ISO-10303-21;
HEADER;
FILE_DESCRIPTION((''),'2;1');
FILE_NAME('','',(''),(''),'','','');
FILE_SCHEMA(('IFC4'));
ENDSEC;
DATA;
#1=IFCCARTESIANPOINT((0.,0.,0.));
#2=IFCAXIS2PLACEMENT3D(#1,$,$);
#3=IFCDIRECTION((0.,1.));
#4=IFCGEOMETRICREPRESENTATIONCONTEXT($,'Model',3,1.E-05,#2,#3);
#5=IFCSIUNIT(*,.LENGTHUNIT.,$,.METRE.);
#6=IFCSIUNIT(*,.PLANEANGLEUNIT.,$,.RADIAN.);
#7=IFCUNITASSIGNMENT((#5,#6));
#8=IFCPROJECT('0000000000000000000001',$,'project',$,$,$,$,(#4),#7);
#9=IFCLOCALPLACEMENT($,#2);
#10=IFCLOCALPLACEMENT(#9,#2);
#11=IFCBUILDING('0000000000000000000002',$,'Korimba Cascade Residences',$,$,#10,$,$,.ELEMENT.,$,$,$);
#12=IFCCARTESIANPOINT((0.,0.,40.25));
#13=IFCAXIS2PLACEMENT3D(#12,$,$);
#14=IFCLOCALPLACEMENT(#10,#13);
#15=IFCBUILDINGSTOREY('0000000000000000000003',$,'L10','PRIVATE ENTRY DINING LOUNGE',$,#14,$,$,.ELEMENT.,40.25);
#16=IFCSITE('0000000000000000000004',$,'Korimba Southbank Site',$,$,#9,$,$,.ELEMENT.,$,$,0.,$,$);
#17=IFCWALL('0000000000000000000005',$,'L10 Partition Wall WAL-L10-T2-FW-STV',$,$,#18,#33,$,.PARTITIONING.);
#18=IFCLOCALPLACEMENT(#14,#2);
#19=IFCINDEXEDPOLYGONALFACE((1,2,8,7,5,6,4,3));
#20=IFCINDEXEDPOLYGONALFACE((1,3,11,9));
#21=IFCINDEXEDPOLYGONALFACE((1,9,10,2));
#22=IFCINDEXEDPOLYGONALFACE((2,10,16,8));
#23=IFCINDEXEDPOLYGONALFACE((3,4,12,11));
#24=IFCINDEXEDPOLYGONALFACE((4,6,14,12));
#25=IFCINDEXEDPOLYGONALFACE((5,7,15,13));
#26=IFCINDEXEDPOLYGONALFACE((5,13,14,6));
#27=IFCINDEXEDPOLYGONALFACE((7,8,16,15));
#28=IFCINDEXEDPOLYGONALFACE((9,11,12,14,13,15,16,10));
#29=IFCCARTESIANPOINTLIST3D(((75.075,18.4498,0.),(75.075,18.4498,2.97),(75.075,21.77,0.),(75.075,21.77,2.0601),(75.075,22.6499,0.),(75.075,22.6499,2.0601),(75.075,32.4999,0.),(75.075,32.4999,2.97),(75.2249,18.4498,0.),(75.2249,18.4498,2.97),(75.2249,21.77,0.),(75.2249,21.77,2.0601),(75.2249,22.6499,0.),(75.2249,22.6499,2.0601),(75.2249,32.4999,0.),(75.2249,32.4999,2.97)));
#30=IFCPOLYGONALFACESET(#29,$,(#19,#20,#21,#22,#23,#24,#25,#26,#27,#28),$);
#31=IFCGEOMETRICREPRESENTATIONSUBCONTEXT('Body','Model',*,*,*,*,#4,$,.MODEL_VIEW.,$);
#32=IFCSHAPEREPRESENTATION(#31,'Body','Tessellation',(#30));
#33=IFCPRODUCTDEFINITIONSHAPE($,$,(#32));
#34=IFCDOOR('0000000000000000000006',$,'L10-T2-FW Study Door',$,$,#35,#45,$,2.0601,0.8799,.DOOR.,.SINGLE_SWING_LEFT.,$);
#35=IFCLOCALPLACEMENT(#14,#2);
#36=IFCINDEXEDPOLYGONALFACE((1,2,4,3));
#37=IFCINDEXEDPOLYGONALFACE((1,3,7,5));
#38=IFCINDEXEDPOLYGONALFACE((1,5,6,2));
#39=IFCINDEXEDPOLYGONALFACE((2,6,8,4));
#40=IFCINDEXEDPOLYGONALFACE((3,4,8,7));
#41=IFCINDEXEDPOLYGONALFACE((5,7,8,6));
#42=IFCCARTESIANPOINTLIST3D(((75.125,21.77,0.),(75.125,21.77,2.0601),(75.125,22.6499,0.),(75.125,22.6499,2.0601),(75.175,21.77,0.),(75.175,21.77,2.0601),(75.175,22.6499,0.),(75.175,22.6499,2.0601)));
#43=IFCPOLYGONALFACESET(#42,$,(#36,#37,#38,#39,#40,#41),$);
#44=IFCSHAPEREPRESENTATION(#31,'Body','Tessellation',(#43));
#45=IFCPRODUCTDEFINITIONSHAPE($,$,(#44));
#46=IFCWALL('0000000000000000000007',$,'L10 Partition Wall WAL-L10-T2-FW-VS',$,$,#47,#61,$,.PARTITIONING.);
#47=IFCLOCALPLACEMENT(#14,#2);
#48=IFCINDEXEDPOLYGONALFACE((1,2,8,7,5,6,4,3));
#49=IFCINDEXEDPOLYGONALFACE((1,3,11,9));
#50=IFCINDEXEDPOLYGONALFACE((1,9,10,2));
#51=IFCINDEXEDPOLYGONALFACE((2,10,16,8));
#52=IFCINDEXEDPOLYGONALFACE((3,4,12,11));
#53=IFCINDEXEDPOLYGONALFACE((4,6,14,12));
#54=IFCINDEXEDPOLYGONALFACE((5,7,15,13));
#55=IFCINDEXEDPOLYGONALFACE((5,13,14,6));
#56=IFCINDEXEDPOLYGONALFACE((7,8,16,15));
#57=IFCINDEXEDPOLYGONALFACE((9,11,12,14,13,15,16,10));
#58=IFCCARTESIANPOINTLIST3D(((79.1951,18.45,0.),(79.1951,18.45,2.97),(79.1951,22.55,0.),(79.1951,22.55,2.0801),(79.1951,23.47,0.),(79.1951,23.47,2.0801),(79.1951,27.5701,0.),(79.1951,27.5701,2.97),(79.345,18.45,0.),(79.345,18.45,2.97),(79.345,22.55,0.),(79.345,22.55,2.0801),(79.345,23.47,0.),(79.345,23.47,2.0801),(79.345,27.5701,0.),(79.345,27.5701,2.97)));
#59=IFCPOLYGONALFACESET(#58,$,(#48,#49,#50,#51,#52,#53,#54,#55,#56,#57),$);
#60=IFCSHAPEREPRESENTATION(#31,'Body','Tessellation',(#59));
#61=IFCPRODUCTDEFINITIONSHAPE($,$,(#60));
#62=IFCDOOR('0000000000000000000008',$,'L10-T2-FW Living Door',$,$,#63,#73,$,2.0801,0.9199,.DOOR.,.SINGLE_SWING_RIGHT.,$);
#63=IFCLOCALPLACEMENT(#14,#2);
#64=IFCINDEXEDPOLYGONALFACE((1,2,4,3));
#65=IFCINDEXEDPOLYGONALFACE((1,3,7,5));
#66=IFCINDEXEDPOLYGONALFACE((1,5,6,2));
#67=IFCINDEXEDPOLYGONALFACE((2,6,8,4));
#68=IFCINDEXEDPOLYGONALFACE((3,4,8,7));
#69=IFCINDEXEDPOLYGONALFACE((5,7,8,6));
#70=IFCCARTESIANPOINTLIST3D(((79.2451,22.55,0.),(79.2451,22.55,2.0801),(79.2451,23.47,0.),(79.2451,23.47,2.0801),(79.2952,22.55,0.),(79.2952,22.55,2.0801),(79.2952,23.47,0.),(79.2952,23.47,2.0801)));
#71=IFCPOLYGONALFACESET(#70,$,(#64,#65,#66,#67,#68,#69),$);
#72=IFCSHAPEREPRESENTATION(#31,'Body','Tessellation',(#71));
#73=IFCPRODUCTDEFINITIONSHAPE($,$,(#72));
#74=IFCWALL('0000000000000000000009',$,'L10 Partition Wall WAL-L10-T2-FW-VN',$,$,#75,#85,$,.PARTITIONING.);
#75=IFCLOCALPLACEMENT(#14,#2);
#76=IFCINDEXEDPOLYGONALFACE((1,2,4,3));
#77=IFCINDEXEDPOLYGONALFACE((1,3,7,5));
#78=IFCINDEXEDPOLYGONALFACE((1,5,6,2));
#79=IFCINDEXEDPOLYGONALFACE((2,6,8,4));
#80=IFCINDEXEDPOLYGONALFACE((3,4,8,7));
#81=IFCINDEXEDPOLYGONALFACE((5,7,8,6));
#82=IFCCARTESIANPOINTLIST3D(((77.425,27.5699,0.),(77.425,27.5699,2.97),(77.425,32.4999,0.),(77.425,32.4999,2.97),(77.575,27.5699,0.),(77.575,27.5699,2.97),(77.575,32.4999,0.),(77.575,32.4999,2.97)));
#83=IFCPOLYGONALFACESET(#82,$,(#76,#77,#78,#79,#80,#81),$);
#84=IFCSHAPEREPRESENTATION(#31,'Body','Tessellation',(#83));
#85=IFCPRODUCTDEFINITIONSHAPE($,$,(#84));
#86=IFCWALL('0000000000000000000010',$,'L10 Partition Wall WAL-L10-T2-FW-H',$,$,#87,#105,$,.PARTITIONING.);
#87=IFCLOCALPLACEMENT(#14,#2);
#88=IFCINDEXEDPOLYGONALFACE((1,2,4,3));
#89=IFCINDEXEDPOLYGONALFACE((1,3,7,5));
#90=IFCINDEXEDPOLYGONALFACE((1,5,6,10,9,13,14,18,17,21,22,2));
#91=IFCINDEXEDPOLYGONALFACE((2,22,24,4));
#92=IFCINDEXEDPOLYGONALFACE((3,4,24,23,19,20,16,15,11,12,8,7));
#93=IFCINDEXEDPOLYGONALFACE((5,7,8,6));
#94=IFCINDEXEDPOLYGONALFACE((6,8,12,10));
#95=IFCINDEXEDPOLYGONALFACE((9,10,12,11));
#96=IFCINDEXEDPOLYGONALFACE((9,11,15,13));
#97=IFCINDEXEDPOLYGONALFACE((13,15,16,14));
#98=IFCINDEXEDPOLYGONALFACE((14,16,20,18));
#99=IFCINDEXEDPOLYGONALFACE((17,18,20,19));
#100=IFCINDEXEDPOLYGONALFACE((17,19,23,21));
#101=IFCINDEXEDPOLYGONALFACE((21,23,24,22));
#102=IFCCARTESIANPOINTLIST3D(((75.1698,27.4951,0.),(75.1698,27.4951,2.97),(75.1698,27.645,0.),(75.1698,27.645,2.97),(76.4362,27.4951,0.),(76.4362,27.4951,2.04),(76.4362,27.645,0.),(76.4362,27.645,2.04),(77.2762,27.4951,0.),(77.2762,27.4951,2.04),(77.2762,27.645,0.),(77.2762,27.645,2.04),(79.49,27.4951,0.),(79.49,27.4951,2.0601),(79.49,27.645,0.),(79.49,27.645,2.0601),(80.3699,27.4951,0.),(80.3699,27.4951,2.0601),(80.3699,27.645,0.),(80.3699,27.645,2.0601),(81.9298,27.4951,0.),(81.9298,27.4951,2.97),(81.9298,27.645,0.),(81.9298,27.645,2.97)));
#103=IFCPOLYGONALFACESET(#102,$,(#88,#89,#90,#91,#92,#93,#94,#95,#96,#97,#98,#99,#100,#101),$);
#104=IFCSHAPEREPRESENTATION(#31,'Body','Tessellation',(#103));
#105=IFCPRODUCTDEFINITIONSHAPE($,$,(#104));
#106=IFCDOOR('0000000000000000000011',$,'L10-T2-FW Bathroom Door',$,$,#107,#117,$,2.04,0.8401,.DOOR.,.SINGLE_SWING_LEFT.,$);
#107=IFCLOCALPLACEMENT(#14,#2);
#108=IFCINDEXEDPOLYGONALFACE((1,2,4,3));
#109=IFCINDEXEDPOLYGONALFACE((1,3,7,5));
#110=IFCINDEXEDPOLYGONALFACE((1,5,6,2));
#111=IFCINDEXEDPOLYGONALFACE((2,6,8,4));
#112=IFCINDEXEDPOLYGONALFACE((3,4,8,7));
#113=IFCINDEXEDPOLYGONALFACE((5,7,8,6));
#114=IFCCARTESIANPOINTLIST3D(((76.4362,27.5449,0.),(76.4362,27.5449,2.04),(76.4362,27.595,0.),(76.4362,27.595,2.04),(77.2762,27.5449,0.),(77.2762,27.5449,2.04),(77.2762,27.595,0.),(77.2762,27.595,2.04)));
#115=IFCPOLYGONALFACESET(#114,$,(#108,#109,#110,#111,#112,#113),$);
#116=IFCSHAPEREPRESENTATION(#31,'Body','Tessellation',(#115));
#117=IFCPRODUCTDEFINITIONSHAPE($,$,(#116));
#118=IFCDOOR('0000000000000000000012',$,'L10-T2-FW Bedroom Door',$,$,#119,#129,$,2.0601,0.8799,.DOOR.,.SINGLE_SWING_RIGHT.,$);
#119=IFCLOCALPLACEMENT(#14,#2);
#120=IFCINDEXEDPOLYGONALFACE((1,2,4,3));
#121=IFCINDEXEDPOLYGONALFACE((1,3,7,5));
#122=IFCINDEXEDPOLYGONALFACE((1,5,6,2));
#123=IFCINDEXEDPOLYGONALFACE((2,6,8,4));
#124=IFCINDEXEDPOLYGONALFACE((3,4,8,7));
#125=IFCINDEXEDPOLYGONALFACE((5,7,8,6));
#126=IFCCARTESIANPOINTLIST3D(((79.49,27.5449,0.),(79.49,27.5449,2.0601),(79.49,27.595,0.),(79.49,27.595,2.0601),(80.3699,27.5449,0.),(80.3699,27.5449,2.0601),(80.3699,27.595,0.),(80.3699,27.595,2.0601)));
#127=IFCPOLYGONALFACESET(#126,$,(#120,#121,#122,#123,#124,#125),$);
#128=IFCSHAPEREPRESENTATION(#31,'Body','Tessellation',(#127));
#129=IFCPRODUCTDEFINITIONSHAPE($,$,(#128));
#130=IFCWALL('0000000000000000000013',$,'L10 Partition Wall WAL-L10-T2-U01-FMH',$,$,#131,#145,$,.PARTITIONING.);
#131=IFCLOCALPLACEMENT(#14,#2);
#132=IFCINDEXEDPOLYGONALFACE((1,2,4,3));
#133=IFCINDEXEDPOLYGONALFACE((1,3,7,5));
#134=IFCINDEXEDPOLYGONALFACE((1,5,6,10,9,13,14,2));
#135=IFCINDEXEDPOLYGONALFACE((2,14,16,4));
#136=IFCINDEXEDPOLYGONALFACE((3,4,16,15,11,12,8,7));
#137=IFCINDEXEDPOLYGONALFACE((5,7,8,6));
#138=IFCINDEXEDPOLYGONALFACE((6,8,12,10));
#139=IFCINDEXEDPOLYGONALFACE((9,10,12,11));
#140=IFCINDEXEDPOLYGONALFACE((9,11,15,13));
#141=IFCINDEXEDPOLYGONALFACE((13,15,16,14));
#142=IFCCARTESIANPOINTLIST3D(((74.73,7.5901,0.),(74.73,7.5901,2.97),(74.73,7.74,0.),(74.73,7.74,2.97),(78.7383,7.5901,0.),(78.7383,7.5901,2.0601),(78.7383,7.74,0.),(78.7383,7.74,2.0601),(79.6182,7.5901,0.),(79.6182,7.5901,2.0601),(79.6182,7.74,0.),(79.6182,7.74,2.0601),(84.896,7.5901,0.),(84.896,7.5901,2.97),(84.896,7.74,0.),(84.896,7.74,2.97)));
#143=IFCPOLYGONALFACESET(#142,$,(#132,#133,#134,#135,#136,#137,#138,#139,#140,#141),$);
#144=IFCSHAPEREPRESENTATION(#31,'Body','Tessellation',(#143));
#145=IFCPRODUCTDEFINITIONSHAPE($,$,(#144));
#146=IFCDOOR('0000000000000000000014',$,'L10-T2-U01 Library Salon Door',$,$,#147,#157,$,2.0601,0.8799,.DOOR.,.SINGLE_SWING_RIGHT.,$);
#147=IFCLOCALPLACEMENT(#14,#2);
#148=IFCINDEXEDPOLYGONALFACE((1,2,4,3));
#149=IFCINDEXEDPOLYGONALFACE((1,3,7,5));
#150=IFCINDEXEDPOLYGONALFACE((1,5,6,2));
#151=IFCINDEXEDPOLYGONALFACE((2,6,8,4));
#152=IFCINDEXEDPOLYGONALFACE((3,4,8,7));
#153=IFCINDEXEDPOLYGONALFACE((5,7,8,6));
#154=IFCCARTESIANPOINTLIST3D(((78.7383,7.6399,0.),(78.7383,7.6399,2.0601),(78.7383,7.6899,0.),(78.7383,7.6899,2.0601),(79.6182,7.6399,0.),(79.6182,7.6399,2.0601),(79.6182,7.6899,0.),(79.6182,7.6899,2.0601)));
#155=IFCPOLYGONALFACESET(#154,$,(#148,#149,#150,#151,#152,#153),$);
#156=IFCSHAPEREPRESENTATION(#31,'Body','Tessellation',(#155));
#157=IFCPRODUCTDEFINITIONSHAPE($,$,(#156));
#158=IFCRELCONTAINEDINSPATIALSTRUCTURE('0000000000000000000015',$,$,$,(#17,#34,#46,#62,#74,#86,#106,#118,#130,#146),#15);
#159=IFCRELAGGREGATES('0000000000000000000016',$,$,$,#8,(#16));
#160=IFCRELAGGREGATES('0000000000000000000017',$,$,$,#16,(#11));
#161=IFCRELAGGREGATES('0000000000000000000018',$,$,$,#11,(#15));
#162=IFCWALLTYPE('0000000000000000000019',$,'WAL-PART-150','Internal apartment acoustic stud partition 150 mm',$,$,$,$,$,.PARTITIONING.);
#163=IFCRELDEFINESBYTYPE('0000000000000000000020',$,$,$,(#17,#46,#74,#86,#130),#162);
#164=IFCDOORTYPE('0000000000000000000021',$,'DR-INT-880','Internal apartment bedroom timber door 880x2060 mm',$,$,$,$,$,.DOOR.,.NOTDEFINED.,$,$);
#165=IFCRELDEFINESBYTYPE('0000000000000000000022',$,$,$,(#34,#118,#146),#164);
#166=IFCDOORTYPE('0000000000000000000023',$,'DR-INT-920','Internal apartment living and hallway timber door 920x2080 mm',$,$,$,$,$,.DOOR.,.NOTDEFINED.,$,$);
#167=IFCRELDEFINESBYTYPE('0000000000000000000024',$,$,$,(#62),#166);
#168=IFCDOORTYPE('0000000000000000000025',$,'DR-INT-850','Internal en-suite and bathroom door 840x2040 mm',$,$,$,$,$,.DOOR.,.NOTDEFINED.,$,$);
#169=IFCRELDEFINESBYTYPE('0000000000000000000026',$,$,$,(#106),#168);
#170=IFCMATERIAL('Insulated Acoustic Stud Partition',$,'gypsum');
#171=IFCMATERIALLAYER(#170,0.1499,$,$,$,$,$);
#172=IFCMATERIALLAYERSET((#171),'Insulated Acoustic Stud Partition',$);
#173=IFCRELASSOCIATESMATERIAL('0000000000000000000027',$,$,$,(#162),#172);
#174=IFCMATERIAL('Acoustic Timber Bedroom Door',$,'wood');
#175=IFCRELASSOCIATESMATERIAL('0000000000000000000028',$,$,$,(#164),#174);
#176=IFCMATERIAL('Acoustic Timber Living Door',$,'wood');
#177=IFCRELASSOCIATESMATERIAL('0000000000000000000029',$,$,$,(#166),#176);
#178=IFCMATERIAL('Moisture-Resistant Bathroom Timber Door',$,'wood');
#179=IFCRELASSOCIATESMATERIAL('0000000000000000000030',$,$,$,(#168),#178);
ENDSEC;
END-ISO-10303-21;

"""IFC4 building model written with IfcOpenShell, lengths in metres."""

from ifc_helpers import new_model, si_unit, direction, frame, frame_2d, origin, place, context, subcontext, project, spatial, rectangle, extrude, material, layer, layer_set, type_object, element, fill, save


model = new_model("IFC4")

# Units and contexts
model_context = context("Model", 3, precision=1e-05, world=origin(), true_north=direction((0.0, 1.0)))
body_context = subcontext(model_context, "Body", "Model", "MODEL_VIEW")
ifc_project = project(units=[si_unit("LENGTHUNIT", "METRE"), si_unit("PLANEANGLEUNIT", "RADIAN")], contexts=[model_context])

# Site, building, storey
site_placement = place(None, origin())
site = spatial("IfcSite", under=ifc_project, at=site_placement, Name="Korimba Southbank Site", CompositionType="ELEMENT", RefElevation=0.0)
building_placement = place(site_placement, origin())
building = spatial("IfcBuilding", under=site, at=building_placement, Name="Korimba Cascade Residences", CompositionType="ELEMENT")
storey_placement = place(building_placement, frame((0.0, 0.0, 40.25)))
storey = spatial("IfcBuildingStorey", under=building, at=storey_placement, Name="L10", Description="PRIVATE ENTRY DINING LOUNGE", CompositionType="ELEMENT", Elevation=40.25)

# Shared definitions
ifc_material_1 = material(Name="Insulated Acoustic Stud Partition", Category="gypsum")
ifc_layer_1 = layer(ifc_material_1, 0.1499)
ifc_layer_set_1 = layer_set([ifc_layer_1], Name="Insulated Acoustic Stud Partition")
wall_type_1 = type_object("IfcWallType", Name="WAL-PART-150", Description="Internal apartment acoustic stud partition 150 mm", PredefinedType="PARTITIONING", material=ifc_layer_set_1)

# Walls, openings, doors
wall_1_placement = place(storey_placement, frame((75.1499, 18.45, 0.0), z_axis=(0.0, 0.0, 1.0), x_axis=(0.0, 1.0, 0.0)))
wall_1 = element("IfcWall", 1, at=wall_1_placement, inside=storey, type_object=wall_type_1, Name="L10 Partition Wall WAL-L10-T2-FW-STV", PredefinedType="PARTITIONING", context=body_context, shape_type="SweptSolid", body=[
    extrude(rectangle(XDim=14.05, YDim=0.1499, at=frame_2d((7.0249, 0.0))), origin(), (0.0, 0.0, 1.0), 2.97),
])
opening_1_placement = place(wall_1_placement, frame((3.3201, 0.0, 0.0)))
opening_1 = element("IfcOpeningElement", 2, at=opening_1_placement, cuts=wall_1, PredefinedType="OPENING", context=body_context, shape_type="SweptSolid", body=[
    extrude(rectangle(XDim=0.8799, YDim=2.0601, at=frame_2d((0.4399, 1.03))), frame((0.0, 0.085, 0.0), z_axis=(0.0, -1.0, 0.0), x_axis=(1.0, 0.0, 0.0)), (0.0, 0.0, 1.0), 0.1699),
])
ifc_material_2 = material(Name="Acoustic Timber Bedroom Door", Category="wood")
door_type_1 = type_object("IfcDoorType", Name="DR-INT-880", Description="Internal apartment bedroom timber door 880x2060 mm", OperationType="NOTDEFINED", PredefinedType="DOOR", material=ifc_material_2)
door_1_placement = place(opening_1_placement, origin())
door_1 = element("IfcDoor", 3, at=door_1_placement, inside=storey, type_object=door_type_1, Name="L10-T2-FW Study Door", OperationType="SINGLE_SWING_LEFT", OverallHeight=2.0601, OverallWidth=0.8799, PredefinedType="DOOR", context=body_context, shape_type="SweptSolid", body=[
    extrude(rectangle(XDim=0.8799, YDim=2.0601, at=frame_2d((0.4399, 1.03))), frame((0.0, 0.0249, 0.0), z_axis=(0.0, -1.0, 0.0), x_axis=(1.0, 0.0, 0.0)), (0.0, 0.0, 1.0), 0.05),
])
fill(opening_1, door_1)
wall_2_placement = place(storey_placement, frame((79.27, 18.45, 0.0), z_axis=(0.0, 0.0, 1.0), x_axis=(0.0, 1.0, 0.0)))
wall_2 = element("IfcWall", 4, at=wall_2_placement, inside=storey, type_object=wall_type_1, Name="L10 Partition Wall WAL-L10-T2-FW-VS", PredefinedType="PARTITIONING", context=body_context, shape_type="SweptSolid", body=[
    extrude(rectangle(XDim=9.1201, YDim=0.1499, at=frame_2d((4.5601, 0.0))), origin(), (0.0, 0.0, 1.0), 2.97),
])
opening_2_placement = place(wall_2_placement, frame((4.1001, 0.0, 0.0)))
opening_2 = element("IfcOpeningElement", 5, at=opening_2_placement, cuts=wall_2, PredefinedType="OPENING", context=body_context, shape_type="SweptSolid", body=[
    extrude(rectangle(XDim=0.9199, YDim=2.0801, at=frame_2d((0.46, 1.04))), frame((0.0, 0.085, 0.0), z_axis=(0.0, -1.0, 0.0), x_axis=(1.0, 0.0, 0.0)), (0.0, 0.0, 1.0), 0.1699),
])
ifc_material_3 = material(Name="Acoustic Timber Living Door", Category="wood")
door_type_2 = type_object("IfcDoorType", Name="DR-INT-920", Description="Internal apartment living and hallway timber door 920x2080 mm", OperationType="NOTDEFINED", PredefinedType="DOOR", material=ifc_material_3)
door_2_placement = place(opening_2_placement, origin())
door_2 = element("IfcDoor", 6, at=door_2_placement, inside=storey, type_object=door_type_2, Name="L10-T2-FW Living Door", OperationType="SINGLE_SWING_RIGHT", OverallHeight=2.0801, OverallWidth=0.9199, PredefinedType="DOOR", context=body_context, shape_type="SweptSolid", body=[
    extrude(rectangle(XDim=0.9199, YDim=2.0801, at=frame_2d((0.46, 1.04))), frame((0.0, 0.0249, 0.0), z_axis=(0.0, -1.0, 0.0), x_axis=(1.0, 0.0, 0.0)), (0.0, 0.0, 1.0), 0.05),
])
fill(opening_2, door_2)

# Wall
wall_3_placement = place(storey_placement, frame((77.5, 27.5701, 0.0), z_axis=(0.0, 0.0, 1.0), x_axis=(0.0, 1.0, 0.0)))
element("IfcWall", 7, at=wall_3_placement, inside=storey, type_object=wall_type_1, Name="L10 Partition Wall WAL-L10-T2-FW-VN", PredefinedType="PARTITIONING", context=body_context, shape_type="SweptSolid", body=[
    extrude(rectangle(XDim=4.9299, YDim=0.1499, at=frame_2d((2.4648, 0.0))), origin(), (0.0, 0.0, 1.0), 2.97),
])

# Wall, openings, doors
wall_4_placement = place(storey_placement, frame((75.1699, 27.5701, 0.0), z_axis=(0.0, 0.0, 1.0), x_axis=(1.0, 0.0, 0.0)))
wall_4 = element("IfcWall", 8, at=wall_4_placement, inside=storey, type_object=wall_type_1, Name="L10 Partition Wall WAL-L10-T2-FW-H", PredefinedType="PARTITIONING", context=body_context, shape_type="SweptSolid", body=[
    extrude(rectangle(XDim=6.76, YDim=0.1499, at=frame_2d((3.3799, 0.0))), origin(), (0.0, 0.0, 1.0), 2.97),
])
opening_3_placement = place(wall_4_placement, frame((1.2664, 0.0, 0.0)))
opening_3 = element("IfcOpeningElement", 9, at=opening_3_placement, cuts=wall_4, PredefinedType="OPENING", context=body_context, shape_type="SweptSolid", body=[
    extrude(rectangle(XDim=0.8401, YDim=2.04, at=frame_2d((0.4199, 1.02))), frame((0.0, 0.085, 0.0), z_axis=(0.0, -1.0, 0.0), x_axis=(1.0, 0.0, 0.0)), (0.0, 0.0, 1.0), 0.1699),
])
opening_4_placement = place(wall_4_placement, frame((4.3201, 0.0, 0.0)))
opening_4 = element("IfcOpeningElement", 10, at=opening_4_placement, cuts=wall_4, PredefinedType="OPENING", context=body_context, shape_type="SweptSolid", body=[
    extrude(rectangle(XDim=0.8799, YDim=2.0601, at=frame_2d((0.4399, 1.03))), frame((0.0, 0.085, 0.0), z_axis=(0.0, -1.0, 0.0), x_axis=(1.0, 0.0, 0.0)), (0.0, 0.0, 1.0), 0.1699),
])
ifc_material_4 = material(Name="Moisture-Resistant Bathroom Timber Door", Category="wood")
door_type_3 = type_object("IfcDoorType", Name="DR-INT-850", Description="Internal en-suite and bathroom door 840x2040 mm", OperationType="NOTDEFINED", PredefinedType="DOOR", material=ifc_material_4)
door_3_placement = place(opening_3_placement, origin())
door_3 = element("IfcDoor", 11, at=door_3_placement, inside=storey, type_object=door_type_3, Name="L10-T2-FW Bathroom Door", OperationType="SINGLE_SWING_LEFT", OverallHeight=2.04, OverallWidth=0.8401, PredefinedType="DOOR", context=body_context, shape_type="SweptSolid", body=[
    extrude(rectangle(XDim=0.8401, YDim=2.04, at=frame_2d((0.4199, 1.02))), frame((0.0, 0.0249, 0.0), z_axis=(0.0, -1.0, 0.0), x_axis=(1.0, 0.0, 0.0)), (0.0, 0.0, 1.0), 0.05),
])
fill(opening_3, door_3)
door_4_placement = place(opening_4_placement, origin())
door_4 = element("IfcDoor", 12, at=door_4_placement, inside=storey, type_object=door_type_1, Name="L10-T2-FW Bedroom Door", OperationType="SINGLE_SWING_RIGHT", OverallHeight=2.0601, OverallWidth=0.8799, PredefinedType="DOOR", context=body_context, shape_type="SweptSolid", body=[
    extrude(rectangle(XDim=0.8799, YDim=2.0601, at=frame_2d((0.4399, 1.03))), frame((0.0, 0.0249, 0.0), z_axis=(0.0, -1.0, 0.0), x_axis=(1.0, 0.0, 0.0)), (0.0, 0.0, 1.0), 0.05),
])
fill(opening_4, door_4)

# Wall, opening, door
wall_5_placement = place(storey_placement, frame((74.73, 7.665, 0.0), z_axis=(0.0, 0.0, 1.0), x_axis=(1.0, 0.0, 0.0)))
wall_5 = element("IfcWall", 13, at=wall_5_placement, inside=storey, type_object=wall_type_1, Name="L10 Partition Wall WAL-L10-T2-U01-FMH", PredefinedType="PARTITIONING", context=body_context, shape_type="SweptSolid", body=[
    extrude(rectangle(XDim=10.166, YDim=0.1499, at=frame_2d((5.083, 0.0))), origin(), (0.0, 0.0, 1.0), 2.97),
])
opening_5_placement = place(wall_5_placement, frame((4.0083, 0.0, 0.0)))
opening_5 = element("IfcOpeningElement", 14, at=opening_5_placement, cuts=wall_5, PredefinedType="OPENING", context=body_context, shape_type="SweptSolid", body=[
    extrude(rectangle(XDim=0.8799, YDim=2.0601, at=frame_2d((0.4399, 1.03))), frame((0.0, 0.085, 0.0), z_axis=(0.0, -1.0, 0.0), x_axis=(1.0, 0.0, 0.0)), (0.0, 0.0, 1.0), 0.1699),
])
door_5_placement = place(opening_5_placement, origin())
door_5 = element("IfcDoor", 15, at=door_5_placement, inside=storey, type_object=door_type_1, Name="L10-T2-U01 Library Salon Door", OperationType="SINGLE_SWING_RIGHT", OverallHeight=2.0601, OverallWidth=0.8799, PredefinedType="DOOR", context=body_context, shape_type="SweptSolid", body=[
    extrude(rectangle(XDim=0.8799, YDim=2.0601, at=frame_2d((0.4399, 1.03))), frame((0.0, 0.0249, 0.0), z_axis=(0.0, -1.0, 0.0), x_axis=(1.0, 0.0, 0.0)), (0.0, 0.0, 1.0), 0.05),
])
fill(opening_5, door_5)

save(model, "model.ifc")
